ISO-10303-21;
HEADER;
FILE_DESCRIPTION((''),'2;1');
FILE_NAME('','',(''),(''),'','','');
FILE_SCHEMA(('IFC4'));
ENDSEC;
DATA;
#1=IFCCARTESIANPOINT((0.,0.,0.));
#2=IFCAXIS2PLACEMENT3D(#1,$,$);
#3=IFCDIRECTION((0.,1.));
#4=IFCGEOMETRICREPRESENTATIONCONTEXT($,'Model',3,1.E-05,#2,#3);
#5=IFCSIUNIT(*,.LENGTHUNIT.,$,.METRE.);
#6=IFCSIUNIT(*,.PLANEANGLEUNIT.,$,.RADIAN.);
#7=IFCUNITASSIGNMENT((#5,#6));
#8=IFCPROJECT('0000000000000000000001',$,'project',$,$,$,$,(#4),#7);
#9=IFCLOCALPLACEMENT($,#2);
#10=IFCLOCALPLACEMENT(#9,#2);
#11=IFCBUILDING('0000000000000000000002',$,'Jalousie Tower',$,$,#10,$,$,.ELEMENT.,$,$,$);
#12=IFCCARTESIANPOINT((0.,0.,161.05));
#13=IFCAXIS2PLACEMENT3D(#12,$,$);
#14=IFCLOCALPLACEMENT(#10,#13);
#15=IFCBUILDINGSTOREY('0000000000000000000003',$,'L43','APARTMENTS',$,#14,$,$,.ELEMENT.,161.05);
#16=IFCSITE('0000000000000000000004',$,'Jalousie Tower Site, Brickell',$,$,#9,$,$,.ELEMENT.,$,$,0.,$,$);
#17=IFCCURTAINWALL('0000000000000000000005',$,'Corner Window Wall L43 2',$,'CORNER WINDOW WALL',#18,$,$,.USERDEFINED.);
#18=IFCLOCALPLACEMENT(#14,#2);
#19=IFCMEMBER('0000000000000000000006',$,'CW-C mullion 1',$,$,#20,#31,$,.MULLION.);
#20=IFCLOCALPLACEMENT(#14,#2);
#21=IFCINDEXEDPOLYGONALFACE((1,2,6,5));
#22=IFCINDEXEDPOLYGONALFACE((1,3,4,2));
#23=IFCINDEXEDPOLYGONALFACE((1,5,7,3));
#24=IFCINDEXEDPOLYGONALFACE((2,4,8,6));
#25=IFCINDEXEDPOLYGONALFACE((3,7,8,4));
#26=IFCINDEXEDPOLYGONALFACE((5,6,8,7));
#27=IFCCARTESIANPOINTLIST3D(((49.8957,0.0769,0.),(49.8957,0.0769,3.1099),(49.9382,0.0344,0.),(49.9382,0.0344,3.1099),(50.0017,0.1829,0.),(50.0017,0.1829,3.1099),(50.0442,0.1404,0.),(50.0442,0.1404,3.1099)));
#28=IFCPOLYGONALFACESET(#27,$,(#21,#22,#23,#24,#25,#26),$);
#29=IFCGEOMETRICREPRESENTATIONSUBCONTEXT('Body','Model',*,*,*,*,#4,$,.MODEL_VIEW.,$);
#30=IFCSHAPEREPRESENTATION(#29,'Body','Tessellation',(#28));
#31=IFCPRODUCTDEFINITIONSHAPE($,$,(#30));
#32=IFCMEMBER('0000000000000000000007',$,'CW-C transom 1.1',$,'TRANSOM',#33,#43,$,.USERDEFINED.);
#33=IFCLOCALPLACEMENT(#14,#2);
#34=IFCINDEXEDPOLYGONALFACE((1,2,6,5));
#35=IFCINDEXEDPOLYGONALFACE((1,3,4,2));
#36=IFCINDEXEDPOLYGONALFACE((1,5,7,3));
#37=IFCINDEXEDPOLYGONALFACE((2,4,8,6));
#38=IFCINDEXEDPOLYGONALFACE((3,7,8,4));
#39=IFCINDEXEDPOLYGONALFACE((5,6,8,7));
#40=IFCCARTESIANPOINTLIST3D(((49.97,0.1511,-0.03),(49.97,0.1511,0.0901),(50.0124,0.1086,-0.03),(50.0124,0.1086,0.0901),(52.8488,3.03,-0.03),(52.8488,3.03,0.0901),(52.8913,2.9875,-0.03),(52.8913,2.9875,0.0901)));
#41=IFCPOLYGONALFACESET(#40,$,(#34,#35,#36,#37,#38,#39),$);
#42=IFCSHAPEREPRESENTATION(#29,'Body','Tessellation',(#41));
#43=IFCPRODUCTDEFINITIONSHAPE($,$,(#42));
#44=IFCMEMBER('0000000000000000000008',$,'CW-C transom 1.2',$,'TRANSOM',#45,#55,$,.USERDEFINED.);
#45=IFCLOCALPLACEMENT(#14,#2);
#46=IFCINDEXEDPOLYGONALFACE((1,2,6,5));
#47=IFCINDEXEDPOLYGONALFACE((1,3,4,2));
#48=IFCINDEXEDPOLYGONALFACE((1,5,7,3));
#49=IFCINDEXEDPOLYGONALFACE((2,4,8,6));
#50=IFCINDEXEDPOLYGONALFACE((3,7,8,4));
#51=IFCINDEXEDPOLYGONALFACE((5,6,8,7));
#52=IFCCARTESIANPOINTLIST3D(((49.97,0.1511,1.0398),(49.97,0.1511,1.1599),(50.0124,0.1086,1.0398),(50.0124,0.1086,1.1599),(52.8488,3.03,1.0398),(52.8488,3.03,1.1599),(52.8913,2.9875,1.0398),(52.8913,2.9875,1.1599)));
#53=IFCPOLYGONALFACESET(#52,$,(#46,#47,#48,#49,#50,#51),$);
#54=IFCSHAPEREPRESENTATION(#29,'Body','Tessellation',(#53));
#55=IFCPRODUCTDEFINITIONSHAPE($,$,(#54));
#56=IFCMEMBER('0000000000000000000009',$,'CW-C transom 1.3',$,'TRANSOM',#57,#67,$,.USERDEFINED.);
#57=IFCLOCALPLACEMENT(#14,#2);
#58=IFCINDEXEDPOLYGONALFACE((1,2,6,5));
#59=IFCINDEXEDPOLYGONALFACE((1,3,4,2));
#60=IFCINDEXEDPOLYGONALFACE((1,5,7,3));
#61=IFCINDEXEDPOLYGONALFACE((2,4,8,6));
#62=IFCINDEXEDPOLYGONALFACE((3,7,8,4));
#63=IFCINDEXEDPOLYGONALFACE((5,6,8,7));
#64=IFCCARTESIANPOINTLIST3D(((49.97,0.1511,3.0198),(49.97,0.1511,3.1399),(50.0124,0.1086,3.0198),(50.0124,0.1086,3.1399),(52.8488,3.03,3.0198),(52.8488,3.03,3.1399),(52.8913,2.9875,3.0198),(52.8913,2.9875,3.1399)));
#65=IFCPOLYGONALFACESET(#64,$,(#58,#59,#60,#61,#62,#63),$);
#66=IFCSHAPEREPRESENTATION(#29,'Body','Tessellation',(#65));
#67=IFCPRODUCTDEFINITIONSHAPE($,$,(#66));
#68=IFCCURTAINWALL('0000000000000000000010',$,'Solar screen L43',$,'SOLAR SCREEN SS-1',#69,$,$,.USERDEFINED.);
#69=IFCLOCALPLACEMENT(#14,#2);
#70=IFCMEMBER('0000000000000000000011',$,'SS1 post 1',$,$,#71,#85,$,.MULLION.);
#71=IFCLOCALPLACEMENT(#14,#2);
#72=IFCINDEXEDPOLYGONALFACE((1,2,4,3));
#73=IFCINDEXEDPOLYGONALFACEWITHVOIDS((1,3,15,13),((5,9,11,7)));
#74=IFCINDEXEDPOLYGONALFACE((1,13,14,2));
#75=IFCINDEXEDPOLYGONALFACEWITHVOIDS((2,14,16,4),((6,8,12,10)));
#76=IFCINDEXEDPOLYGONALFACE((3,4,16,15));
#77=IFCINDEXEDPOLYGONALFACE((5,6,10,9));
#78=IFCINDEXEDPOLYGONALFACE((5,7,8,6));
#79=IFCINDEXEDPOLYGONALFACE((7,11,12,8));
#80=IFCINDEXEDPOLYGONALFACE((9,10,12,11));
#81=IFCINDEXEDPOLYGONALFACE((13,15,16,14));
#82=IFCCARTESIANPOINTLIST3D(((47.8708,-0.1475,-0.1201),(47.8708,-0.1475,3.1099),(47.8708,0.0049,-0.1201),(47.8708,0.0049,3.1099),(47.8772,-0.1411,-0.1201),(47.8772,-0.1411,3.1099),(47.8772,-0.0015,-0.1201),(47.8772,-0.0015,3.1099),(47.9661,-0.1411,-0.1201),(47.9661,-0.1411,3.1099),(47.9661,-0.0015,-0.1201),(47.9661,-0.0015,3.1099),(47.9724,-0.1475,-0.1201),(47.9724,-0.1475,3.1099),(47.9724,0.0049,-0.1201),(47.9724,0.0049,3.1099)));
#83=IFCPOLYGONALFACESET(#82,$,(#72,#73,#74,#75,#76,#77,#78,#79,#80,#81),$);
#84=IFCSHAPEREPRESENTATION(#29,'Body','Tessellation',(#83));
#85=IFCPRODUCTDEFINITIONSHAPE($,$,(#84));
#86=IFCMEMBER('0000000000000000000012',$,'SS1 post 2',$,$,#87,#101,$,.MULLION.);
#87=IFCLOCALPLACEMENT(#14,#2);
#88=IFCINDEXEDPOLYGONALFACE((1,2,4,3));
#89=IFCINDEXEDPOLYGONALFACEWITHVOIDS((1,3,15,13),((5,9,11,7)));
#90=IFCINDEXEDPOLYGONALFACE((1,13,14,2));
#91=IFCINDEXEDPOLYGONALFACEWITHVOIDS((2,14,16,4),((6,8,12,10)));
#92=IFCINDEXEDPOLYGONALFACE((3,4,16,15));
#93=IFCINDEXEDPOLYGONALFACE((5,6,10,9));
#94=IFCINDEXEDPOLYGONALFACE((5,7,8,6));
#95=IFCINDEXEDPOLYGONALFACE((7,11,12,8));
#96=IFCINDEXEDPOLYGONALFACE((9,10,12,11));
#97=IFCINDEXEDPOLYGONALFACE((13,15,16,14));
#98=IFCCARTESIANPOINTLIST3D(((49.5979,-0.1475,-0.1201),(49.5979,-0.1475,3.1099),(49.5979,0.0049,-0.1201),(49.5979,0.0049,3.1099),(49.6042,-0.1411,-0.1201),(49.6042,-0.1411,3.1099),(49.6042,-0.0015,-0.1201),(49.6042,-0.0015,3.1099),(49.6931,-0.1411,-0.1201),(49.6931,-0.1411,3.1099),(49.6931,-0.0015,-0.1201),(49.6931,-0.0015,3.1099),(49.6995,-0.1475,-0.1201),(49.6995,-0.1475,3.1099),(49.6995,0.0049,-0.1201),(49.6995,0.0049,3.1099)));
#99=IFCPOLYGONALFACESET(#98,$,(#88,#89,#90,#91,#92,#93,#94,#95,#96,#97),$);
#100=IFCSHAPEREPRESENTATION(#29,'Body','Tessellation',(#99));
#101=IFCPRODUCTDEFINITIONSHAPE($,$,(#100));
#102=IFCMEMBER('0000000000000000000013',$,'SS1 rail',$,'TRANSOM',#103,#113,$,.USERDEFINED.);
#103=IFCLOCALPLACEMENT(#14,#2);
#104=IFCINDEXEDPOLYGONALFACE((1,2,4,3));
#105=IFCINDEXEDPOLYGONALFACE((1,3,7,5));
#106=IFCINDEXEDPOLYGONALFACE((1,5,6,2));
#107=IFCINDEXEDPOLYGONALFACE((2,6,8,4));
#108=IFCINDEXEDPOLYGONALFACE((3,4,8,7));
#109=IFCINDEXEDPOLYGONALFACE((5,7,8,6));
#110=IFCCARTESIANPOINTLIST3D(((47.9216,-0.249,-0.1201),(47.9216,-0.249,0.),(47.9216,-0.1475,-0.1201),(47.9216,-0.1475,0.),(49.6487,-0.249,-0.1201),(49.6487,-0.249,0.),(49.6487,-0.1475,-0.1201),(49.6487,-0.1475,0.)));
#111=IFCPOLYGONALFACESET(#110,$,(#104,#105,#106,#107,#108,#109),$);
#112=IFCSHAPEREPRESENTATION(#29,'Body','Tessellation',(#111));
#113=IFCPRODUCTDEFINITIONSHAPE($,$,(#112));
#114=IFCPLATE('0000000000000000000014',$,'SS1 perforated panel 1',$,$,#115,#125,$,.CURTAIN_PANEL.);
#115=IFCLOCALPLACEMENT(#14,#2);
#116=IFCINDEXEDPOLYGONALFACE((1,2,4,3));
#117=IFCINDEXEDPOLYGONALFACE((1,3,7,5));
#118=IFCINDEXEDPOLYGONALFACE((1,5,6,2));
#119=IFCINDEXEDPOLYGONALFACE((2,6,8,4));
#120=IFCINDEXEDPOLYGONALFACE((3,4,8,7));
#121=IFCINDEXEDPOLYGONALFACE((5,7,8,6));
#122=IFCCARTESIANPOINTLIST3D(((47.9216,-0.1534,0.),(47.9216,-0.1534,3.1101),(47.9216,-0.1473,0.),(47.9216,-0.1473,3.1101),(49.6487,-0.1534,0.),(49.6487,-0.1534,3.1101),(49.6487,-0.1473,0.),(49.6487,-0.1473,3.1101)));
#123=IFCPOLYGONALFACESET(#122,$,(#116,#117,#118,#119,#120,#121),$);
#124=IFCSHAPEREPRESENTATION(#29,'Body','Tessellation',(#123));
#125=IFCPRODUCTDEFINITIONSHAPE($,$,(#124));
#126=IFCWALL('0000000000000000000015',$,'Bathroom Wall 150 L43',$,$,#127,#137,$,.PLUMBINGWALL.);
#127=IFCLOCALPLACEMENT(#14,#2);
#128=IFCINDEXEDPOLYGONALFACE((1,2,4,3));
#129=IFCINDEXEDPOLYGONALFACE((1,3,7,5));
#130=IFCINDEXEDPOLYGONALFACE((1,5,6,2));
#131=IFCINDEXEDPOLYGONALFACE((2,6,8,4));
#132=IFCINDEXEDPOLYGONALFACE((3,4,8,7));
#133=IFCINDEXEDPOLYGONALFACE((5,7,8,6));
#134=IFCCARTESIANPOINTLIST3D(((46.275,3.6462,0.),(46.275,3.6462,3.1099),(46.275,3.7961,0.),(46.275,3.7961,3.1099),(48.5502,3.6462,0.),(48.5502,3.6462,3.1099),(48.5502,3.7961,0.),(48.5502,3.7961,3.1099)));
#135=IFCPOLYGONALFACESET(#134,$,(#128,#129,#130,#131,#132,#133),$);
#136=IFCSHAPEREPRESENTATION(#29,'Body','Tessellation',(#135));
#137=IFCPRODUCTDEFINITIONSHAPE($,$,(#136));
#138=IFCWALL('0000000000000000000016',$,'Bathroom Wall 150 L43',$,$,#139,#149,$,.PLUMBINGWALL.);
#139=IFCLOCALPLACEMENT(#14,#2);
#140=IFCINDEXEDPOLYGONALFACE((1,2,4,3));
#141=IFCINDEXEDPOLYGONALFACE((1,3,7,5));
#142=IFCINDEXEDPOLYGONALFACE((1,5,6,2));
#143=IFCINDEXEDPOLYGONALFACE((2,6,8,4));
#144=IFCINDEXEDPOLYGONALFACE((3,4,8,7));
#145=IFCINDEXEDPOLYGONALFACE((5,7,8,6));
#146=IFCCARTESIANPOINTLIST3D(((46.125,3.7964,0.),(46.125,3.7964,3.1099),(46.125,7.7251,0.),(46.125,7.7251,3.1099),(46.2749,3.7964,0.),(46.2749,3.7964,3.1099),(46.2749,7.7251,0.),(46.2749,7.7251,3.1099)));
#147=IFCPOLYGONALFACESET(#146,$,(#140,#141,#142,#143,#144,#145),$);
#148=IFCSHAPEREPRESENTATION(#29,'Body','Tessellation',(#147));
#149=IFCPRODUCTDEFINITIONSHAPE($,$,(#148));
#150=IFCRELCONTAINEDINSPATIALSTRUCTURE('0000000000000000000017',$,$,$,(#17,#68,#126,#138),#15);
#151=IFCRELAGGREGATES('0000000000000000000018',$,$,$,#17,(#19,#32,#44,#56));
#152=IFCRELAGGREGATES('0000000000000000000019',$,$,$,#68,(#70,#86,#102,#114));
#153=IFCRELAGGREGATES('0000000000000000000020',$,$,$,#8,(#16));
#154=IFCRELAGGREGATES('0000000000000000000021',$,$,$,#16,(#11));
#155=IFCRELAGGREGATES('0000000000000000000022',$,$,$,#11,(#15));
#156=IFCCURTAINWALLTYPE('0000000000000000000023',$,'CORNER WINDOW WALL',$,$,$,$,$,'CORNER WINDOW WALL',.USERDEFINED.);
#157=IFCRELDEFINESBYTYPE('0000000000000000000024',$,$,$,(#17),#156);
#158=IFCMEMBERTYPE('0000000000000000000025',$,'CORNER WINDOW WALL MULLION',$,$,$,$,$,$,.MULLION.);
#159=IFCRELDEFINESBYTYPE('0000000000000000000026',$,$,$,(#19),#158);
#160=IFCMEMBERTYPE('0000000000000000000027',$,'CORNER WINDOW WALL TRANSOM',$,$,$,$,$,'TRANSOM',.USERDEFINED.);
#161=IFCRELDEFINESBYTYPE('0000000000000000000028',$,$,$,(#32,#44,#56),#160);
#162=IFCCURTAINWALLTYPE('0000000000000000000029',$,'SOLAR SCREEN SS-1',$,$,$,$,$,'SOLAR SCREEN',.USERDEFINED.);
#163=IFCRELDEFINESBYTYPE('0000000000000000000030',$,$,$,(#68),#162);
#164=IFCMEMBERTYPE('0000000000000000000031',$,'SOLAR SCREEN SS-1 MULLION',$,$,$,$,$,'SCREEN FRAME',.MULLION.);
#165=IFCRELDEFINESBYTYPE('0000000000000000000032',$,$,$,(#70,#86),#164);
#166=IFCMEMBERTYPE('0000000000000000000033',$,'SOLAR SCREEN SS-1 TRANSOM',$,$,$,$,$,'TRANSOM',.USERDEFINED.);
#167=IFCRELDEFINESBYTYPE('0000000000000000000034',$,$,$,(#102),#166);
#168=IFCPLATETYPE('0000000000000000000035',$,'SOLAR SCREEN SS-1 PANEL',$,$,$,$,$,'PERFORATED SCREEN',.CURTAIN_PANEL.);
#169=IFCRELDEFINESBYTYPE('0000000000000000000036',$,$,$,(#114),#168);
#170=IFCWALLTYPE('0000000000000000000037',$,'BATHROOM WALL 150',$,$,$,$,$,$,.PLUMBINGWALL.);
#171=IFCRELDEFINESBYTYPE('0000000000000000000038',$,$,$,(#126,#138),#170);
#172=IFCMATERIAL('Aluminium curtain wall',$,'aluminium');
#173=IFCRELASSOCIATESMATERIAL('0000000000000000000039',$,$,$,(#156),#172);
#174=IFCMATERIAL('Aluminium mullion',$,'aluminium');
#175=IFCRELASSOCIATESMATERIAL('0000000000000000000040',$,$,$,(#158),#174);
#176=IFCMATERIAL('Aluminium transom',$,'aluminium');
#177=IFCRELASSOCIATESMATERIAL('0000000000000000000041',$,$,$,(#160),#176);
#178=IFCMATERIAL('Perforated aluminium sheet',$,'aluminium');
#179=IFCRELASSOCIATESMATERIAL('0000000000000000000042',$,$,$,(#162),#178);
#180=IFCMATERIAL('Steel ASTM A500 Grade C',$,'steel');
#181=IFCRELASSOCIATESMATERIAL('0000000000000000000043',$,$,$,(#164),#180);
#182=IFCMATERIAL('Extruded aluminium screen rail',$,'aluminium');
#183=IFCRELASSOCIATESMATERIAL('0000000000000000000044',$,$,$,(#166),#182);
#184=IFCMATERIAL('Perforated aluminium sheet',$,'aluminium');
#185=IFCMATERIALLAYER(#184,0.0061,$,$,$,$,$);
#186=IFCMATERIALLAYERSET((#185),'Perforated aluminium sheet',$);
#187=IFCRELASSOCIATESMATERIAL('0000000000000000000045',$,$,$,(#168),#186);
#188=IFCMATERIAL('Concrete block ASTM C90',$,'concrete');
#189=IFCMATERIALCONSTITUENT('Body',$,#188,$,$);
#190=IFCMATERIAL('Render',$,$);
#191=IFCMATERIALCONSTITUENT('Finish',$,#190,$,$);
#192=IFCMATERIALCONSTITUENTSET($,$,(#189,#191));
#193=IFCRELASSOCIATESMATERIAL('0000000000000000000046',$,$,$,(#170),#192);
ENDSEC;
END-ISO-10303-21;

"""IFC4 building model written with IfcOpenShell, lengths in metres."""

from ifc_helpers import new_model, si_unit, direction, frame, frame_2d, origin, origin_2d, place, context, subcontext, project, spatial, rectangle, hollow_rectangle, extrude, material, layer, layer_set, constituent, constituent_set, material_profile, profile_set, type_object, element, aggregate, save


model = new_model("IFC4")

# Units and contexts
model_context = context("Model", 3, precision=1e-05, world=origin(), true_north=direction((0.0, 1.0)))
body_context = subcontext(model_context, "Body", "Model", "MODEL_VIEW")
ifc_project = project(units=[si_unit("LENGTHUNIT", "METRE"), si_unit("PLANEANGLEUNIT", "RADIAN")], contexts=[model_context])

# Site, building, storey
site_placement = place(None, origin())
site = spatial("IfcSite", under=ifc_project, at=site_placement, Name="Jalousie Tower Site, Brickell", CompositionType="ELEMENT", RefElevation=0.0)
building_placement = place(site_placement, origin())
building = spatial("IfcBuilding", under=site, at=building_placement, Name="Jalousie Tower", CompositionType="ELEMENT")
storey_placement = place(building_placement, frame((0.0, 0.0, 161.05)))
storey = spatial("IfcBuildingStorey", under=building, at=storey_placement, Name="L43", Description="APARTMENTS", CompositionType="ELEMENT", Elevation=161.05)

# Curtain wall, members
ifc_material_1 = material(Name="Aluminium curtain wall", Category="aluminium")
curtain_wall_type_1 = type_object("IfcCurtainWallType", Name="CORNER WINDOW WALL", ElementType="CORNER WINDOW WALL", PredefinedType="USERDEFINED", material=ifc_material_1)
curtain_wall_1_placement = place(storey_placement, origin())
curtain_wall_1 = element("IfcCurtainWall", 1, at=curtain_wall_1_placement, inside=storey, type_object=curtain_wall_type_1, Name="Corner Window Wall L43 2", ObjectType="CORNER WINDOW WALL", PredefinedType="USERDEFINED")
ifc_material_2 = material(Name="Aluminium mullion", Category="aluminium")
ifc_material_profile_1 = material_profile(ifc_material_2, rectangle(XDim=0.0601, YDim=0.1499, at=origin_2d()), Name="MULLION 60x150")
ifc_profile_set_1 = profile_set([ifc_material_profile_1], Name="Aluminium mullion")
member_type_1 = type_object("IfcMemberType", Name="CORNER WINDOW WALL MULLION", PredefinedType="MULLION", material=ifc_profile_set_1)
member_1_placement = place(storey_placement, frame((49.97, 0.1086, 0.0), z_axis=(0.0, 0.0, 1.0), x_axis=(-0.707107, 0.707107, 0.0)))
member_1 = element("IfcMember", 2, at=member_1_placement, type_object=member_type_1, Name="CW-C mullion 1", PredefinedType="MULLION", context=body_context, shape_type="SweptSolid", body=[
    extrude(rectangle(XDim=0.0601, YDim=0.1499, at=origin_2d()), origin(), (0.0, 0.0, 1.0), 3.1099),
])
ifc_material_3 = material(Name="Aluminium transom", Category="aluminium")
ifc_material_profile_2 = material_profile(ifc_material_3, rectangle(XDim=0.0601, YDim=0.1201, at=origin_2d()), Name="TRANSOM 60x120")
ifc_profile_set_2 = profile_set([ifc_material_profile_2], Name="Aluminium transom")
member_type_2 = type_object("IfcMemberType", Name="CORNER WINDOW WALL TRANSOM", ElementType="TRANSOM", PredefinedType="USERDEFINED", material=ifc_profile_set_2)
member_2_placement = place(storey_placement, frame((49.9912, 0.1299, 0.03), z_axis=(0.707107, 0.707107, 0.0), x_axis=(-0.707107, 0.707107, 0.0)))
member_2 = element("IfcMember", 3, at=member_2_placement, type_object=member_type_2, Name="CW-C transom 1.1", ObjectType="TRANSOM", PredefinedType="USERDEFINED", context=body_context, shape_type="SweptSolid", body=[
    extrude(rectangle(XDim=0.0601, YDim=0.1201, at=origin_2d()), origin(), (0.0, 0.0, 1.0), 4.0713),
])
member_3_placement = place(storey_placement, frame((49.9912, 0.1299, 1.0999), z_axis=(0.707107, 0.707107, 0.0), x_axis=(-0.707107, 0.707107, 0.0)))
member_3 = element("IfcMember", 4, at=member_3_placement, type_object=member_type_2, Name="CW-C transom 1.2", ObjectType="TRANSOM", PredefinedType="USERDEFINED", context=body_context, shape_type="SweptSolid", body=[
    extrude(rectangle(XDim=0.0601, YDim=0.1201, at=origin_2d()), origin(), (0.0, 0.0, 1.0), 4.0713),
])
member_4_placement = place(storey_placement, frame((49.9912, 0.1299, 3.0798), z_axis=(0.707107, 0.707107, 0.0), x_axis=(-0.707107, 0.707107, 0.0)))
member_4 = element("IfcMember", 5, at=member_4_placement, type_object=member_type_2, Name="CW-C transom 1.3", ObjectType="TRANSOM", PredefinedType="USERDEFINED", context=body_context, shape_type="SweptSolid", body=[
    extrude(rectangle(XDim=0.0601, YDim=0.1201, at=origin_2d()), origin(), (0.0, 0.0, 1.0), 4.0713),
])
aggregate(curtain_wall_1, [member_1, member_2, member_3, member_4])

# Curtain wall, members, plate
ifc_material_4 = material(Name="Perforated aluminium sheet", Category="aluminium")
curtain_wall_type_2 = type_object("IfcCurtainWallType", Name="SOLAR SCREEN SS-1", ElementType="SOLAR SCREEN", PredefinedType="USERDEFINED", material=ifc_material_4)
curtain_wall_2_placement = place(storey_placement, origin())
curtain_wall_2 = element("IfcCurtainWall", 6, at=curtain_wall_2_placement, inside=storey, type_object=curtain_wall_type_2, Name="Solar screen L43", ObjectType="SOLAR SCREEN SS-1", PredefinedType="USERDEFINED")
ifc_material_5 = material(Name="Steel ASTM A500 Grade C", Category="steel")
ifc_material_profile_3 = material_profile(ifc_material_5, hollow_rectangle(XDim=0.1016, YDim=0.1523, WallThickness=0.0063, at=origin_2d()), Name="HSS6X4X1/4")
ifc_profile_set_3 = profile_set([ifc_material_profile_3], Name="Steel ASTM A500 Grade C")
member_type_3 = type_object("IfcMemberType", Name="SOLAR SCREEN SS-1 MULLION", ElementType="SCREEN FRAME", PredefinedType="MULLION", material=ifc_profile_set_3)
member_5_placement = place(storey_placement, frame((47.9216, -0.0713, -0.1201), z_axis=(0.0, 0.0, 1.0), x_axis=(1.0, 0.0, 0.0)))
member_5 = element("IfcMember", 7, at=member_5_placement, type_object=member_type_3, Name="SS1 post 1", PredefinedType="MULLION", context=body_context, shape_type="SweptSolid", body=[
    extrude(hollow_rectangle(XDim=0.1016, YDim=0.1523, WallThickness=0.0063, at=origin_2d()), origin(), (0.0, 0.0, 1.0), 3.23),
])
member_6_placement = place(storey_placement, frame((49.6487, -0.0713, -0.1201), z_axis=(0.0, 0.0, 1.0), x_axis=(1.0, 0.0, 0.0)))
member_6 = element("IfcMember", 8, at=member_6_placement, type_object=member_type_3, Name="SS1 post 2", PredefinedType="MULLION", context=body_context, shape_type="SweptSolid", body=[
    extrude(hollow_rectangle(XDim=0.1016, YDim=0.1523, WallThickness=0.0063, at=origin_2d()), origin(), (0.0, 0.0, 1.0), 3.23),
])
ifc_material_6 = material(Name="Extruded aluminium screen rail", Category="aluminium")
ifc_material_profile_4 = material_profile(ifc_material_6, rectangle(XDim=0.1016, YDim=0.1201, at=origin_2d()), Name="RAIL 102x120")
ifc_profile_set_4 = profile_set([ifc_material_profile_4], Name="Extruded aluminium screen rail")
member_type_4 = type_object("IfcMemberType", Name="SOLAR SCREEN SS-1 TRANSOM", ElementType="TRANSOM", PredefinedType="USERDEFINED", material=ifc_profile_set_4)
member_7_placement = place(storey_placement, frame((47.9216, -0.1982, -0.0601), z_axis=(1.0, 0.0, 0.0), x_axis=(0.0, 1.0, 0.0)))
member_7 = element("IfcMember", 9, at=member_7_placement, type_object=member_type_4, Name="SS1 rail", ObjectType="TRANSOM", PredefinedType="USERDEFINED", context=body_context, shape_type="SweptSolid", body=[
    extrude(rectangle(XDim=0.1016, YDim=0.1201, at=origin_2d()), origin(), (0.0, 0.0, 1.0), 1.7271),
])
ifc_material_7 = material(Name="Perforated aluminium sheet", Category="aluminium")
ifc_layer = layer(ifc_material_7, 0.0061)
ifc_layer_set = layer_set([ifc_layer], Name="Perforated aluminium sheet")
plate_type = type_object("IfcPlateType", Name="SOLAR SCREEN SS-1 PANEL", ElementType="PERFORATED SCREEN", PredefinedType="CURTAIN_PANEL", material=ifc_layer_set)
plate_placement = place(storey_placement, frame((48.7852, -0.1504, 0.0), z_axis=(0.0, 0.0, 1.0), x_axis=(1.0, 0.0, 0.0)))
plate = element("IfcPlate", 10, at=plate_placement, type_object=plate_type, Name="SS1 perforated panel 1", PredefinedType="CURTAIN_PANEL", context=body_context, shape_type="SweptSolid", body=[
    extrude(rectangle(XDim=1.7271, YDim=0.0061, at=origin_2d()), origin(), (0.0, 0.0, 1.0), 3.1101),
])
aggregate(curtain_wall_2, [member_5, member_6, member_7, plate])

# Walls
ifc_material_8 = material(Name="Concrete block ASTM C90", Category="concrete")
ifc_constituent_1 = constituent(ifc_material_8, Name="Body")
ifc_material_9 = material(Name="Render")
ifc_constituent_2 = constituent(ifc_material_9, Name="Finish")
ifc_constituent_set_1 = constituent_set(constituents=[ifc_constituent_1, ifc_constituent_2])
wall_type_1 = type_object("IfcWallType", Name="BATHROOM WALL 150", PredefinedType="PLUMBINGWALL", material=ifc_constituent_set_1)
wall_1_placement = place(storey_placement, frame((46.2749, 3.7212, 0.0), z_axis=(0.0, 0.0, 1.0), x_axis=(1.0, 0.0, 0.0)))
element("IfcWall", 11, at=wall_1_placement, inside=storey, type_object=wall_type_1, Name="Bathroom Wall 150 L43", PredefinedType="PLUMBINGWALL", context=body_context, shape_type="SweptSolid", body=[
    extrude(rectangle(XDim=2.2751, YDim=0.1499, at=frame_2d((1.1377, 0.0))), origin(), (0.0, 0.0, 1.0), 3.1099),
])
wall_2_placement = place(storey_placement, frame((46.2, 3.7964, 0.0), z_axis=(0.0, 0.0, 1.0), x_axis=(0.0, 1.0, 0.0)))
element("IfcWall", 12, at=wall_2_placement, inside=storey, type_object=wall_type_1, Name="Bathroom Wall 150 L43", PredefinedType="PLUMBINGWALL", context=body_context, shape_type="SweptSolid", body=[
    extrude(rectangle(XDim=3.9287, YDim=0.1499, at=frame_2d((1.9644, 0.0))), origin(), (0.0, 0.0, 1.0), 3.1099),
])

save(model, "model.ifc")
